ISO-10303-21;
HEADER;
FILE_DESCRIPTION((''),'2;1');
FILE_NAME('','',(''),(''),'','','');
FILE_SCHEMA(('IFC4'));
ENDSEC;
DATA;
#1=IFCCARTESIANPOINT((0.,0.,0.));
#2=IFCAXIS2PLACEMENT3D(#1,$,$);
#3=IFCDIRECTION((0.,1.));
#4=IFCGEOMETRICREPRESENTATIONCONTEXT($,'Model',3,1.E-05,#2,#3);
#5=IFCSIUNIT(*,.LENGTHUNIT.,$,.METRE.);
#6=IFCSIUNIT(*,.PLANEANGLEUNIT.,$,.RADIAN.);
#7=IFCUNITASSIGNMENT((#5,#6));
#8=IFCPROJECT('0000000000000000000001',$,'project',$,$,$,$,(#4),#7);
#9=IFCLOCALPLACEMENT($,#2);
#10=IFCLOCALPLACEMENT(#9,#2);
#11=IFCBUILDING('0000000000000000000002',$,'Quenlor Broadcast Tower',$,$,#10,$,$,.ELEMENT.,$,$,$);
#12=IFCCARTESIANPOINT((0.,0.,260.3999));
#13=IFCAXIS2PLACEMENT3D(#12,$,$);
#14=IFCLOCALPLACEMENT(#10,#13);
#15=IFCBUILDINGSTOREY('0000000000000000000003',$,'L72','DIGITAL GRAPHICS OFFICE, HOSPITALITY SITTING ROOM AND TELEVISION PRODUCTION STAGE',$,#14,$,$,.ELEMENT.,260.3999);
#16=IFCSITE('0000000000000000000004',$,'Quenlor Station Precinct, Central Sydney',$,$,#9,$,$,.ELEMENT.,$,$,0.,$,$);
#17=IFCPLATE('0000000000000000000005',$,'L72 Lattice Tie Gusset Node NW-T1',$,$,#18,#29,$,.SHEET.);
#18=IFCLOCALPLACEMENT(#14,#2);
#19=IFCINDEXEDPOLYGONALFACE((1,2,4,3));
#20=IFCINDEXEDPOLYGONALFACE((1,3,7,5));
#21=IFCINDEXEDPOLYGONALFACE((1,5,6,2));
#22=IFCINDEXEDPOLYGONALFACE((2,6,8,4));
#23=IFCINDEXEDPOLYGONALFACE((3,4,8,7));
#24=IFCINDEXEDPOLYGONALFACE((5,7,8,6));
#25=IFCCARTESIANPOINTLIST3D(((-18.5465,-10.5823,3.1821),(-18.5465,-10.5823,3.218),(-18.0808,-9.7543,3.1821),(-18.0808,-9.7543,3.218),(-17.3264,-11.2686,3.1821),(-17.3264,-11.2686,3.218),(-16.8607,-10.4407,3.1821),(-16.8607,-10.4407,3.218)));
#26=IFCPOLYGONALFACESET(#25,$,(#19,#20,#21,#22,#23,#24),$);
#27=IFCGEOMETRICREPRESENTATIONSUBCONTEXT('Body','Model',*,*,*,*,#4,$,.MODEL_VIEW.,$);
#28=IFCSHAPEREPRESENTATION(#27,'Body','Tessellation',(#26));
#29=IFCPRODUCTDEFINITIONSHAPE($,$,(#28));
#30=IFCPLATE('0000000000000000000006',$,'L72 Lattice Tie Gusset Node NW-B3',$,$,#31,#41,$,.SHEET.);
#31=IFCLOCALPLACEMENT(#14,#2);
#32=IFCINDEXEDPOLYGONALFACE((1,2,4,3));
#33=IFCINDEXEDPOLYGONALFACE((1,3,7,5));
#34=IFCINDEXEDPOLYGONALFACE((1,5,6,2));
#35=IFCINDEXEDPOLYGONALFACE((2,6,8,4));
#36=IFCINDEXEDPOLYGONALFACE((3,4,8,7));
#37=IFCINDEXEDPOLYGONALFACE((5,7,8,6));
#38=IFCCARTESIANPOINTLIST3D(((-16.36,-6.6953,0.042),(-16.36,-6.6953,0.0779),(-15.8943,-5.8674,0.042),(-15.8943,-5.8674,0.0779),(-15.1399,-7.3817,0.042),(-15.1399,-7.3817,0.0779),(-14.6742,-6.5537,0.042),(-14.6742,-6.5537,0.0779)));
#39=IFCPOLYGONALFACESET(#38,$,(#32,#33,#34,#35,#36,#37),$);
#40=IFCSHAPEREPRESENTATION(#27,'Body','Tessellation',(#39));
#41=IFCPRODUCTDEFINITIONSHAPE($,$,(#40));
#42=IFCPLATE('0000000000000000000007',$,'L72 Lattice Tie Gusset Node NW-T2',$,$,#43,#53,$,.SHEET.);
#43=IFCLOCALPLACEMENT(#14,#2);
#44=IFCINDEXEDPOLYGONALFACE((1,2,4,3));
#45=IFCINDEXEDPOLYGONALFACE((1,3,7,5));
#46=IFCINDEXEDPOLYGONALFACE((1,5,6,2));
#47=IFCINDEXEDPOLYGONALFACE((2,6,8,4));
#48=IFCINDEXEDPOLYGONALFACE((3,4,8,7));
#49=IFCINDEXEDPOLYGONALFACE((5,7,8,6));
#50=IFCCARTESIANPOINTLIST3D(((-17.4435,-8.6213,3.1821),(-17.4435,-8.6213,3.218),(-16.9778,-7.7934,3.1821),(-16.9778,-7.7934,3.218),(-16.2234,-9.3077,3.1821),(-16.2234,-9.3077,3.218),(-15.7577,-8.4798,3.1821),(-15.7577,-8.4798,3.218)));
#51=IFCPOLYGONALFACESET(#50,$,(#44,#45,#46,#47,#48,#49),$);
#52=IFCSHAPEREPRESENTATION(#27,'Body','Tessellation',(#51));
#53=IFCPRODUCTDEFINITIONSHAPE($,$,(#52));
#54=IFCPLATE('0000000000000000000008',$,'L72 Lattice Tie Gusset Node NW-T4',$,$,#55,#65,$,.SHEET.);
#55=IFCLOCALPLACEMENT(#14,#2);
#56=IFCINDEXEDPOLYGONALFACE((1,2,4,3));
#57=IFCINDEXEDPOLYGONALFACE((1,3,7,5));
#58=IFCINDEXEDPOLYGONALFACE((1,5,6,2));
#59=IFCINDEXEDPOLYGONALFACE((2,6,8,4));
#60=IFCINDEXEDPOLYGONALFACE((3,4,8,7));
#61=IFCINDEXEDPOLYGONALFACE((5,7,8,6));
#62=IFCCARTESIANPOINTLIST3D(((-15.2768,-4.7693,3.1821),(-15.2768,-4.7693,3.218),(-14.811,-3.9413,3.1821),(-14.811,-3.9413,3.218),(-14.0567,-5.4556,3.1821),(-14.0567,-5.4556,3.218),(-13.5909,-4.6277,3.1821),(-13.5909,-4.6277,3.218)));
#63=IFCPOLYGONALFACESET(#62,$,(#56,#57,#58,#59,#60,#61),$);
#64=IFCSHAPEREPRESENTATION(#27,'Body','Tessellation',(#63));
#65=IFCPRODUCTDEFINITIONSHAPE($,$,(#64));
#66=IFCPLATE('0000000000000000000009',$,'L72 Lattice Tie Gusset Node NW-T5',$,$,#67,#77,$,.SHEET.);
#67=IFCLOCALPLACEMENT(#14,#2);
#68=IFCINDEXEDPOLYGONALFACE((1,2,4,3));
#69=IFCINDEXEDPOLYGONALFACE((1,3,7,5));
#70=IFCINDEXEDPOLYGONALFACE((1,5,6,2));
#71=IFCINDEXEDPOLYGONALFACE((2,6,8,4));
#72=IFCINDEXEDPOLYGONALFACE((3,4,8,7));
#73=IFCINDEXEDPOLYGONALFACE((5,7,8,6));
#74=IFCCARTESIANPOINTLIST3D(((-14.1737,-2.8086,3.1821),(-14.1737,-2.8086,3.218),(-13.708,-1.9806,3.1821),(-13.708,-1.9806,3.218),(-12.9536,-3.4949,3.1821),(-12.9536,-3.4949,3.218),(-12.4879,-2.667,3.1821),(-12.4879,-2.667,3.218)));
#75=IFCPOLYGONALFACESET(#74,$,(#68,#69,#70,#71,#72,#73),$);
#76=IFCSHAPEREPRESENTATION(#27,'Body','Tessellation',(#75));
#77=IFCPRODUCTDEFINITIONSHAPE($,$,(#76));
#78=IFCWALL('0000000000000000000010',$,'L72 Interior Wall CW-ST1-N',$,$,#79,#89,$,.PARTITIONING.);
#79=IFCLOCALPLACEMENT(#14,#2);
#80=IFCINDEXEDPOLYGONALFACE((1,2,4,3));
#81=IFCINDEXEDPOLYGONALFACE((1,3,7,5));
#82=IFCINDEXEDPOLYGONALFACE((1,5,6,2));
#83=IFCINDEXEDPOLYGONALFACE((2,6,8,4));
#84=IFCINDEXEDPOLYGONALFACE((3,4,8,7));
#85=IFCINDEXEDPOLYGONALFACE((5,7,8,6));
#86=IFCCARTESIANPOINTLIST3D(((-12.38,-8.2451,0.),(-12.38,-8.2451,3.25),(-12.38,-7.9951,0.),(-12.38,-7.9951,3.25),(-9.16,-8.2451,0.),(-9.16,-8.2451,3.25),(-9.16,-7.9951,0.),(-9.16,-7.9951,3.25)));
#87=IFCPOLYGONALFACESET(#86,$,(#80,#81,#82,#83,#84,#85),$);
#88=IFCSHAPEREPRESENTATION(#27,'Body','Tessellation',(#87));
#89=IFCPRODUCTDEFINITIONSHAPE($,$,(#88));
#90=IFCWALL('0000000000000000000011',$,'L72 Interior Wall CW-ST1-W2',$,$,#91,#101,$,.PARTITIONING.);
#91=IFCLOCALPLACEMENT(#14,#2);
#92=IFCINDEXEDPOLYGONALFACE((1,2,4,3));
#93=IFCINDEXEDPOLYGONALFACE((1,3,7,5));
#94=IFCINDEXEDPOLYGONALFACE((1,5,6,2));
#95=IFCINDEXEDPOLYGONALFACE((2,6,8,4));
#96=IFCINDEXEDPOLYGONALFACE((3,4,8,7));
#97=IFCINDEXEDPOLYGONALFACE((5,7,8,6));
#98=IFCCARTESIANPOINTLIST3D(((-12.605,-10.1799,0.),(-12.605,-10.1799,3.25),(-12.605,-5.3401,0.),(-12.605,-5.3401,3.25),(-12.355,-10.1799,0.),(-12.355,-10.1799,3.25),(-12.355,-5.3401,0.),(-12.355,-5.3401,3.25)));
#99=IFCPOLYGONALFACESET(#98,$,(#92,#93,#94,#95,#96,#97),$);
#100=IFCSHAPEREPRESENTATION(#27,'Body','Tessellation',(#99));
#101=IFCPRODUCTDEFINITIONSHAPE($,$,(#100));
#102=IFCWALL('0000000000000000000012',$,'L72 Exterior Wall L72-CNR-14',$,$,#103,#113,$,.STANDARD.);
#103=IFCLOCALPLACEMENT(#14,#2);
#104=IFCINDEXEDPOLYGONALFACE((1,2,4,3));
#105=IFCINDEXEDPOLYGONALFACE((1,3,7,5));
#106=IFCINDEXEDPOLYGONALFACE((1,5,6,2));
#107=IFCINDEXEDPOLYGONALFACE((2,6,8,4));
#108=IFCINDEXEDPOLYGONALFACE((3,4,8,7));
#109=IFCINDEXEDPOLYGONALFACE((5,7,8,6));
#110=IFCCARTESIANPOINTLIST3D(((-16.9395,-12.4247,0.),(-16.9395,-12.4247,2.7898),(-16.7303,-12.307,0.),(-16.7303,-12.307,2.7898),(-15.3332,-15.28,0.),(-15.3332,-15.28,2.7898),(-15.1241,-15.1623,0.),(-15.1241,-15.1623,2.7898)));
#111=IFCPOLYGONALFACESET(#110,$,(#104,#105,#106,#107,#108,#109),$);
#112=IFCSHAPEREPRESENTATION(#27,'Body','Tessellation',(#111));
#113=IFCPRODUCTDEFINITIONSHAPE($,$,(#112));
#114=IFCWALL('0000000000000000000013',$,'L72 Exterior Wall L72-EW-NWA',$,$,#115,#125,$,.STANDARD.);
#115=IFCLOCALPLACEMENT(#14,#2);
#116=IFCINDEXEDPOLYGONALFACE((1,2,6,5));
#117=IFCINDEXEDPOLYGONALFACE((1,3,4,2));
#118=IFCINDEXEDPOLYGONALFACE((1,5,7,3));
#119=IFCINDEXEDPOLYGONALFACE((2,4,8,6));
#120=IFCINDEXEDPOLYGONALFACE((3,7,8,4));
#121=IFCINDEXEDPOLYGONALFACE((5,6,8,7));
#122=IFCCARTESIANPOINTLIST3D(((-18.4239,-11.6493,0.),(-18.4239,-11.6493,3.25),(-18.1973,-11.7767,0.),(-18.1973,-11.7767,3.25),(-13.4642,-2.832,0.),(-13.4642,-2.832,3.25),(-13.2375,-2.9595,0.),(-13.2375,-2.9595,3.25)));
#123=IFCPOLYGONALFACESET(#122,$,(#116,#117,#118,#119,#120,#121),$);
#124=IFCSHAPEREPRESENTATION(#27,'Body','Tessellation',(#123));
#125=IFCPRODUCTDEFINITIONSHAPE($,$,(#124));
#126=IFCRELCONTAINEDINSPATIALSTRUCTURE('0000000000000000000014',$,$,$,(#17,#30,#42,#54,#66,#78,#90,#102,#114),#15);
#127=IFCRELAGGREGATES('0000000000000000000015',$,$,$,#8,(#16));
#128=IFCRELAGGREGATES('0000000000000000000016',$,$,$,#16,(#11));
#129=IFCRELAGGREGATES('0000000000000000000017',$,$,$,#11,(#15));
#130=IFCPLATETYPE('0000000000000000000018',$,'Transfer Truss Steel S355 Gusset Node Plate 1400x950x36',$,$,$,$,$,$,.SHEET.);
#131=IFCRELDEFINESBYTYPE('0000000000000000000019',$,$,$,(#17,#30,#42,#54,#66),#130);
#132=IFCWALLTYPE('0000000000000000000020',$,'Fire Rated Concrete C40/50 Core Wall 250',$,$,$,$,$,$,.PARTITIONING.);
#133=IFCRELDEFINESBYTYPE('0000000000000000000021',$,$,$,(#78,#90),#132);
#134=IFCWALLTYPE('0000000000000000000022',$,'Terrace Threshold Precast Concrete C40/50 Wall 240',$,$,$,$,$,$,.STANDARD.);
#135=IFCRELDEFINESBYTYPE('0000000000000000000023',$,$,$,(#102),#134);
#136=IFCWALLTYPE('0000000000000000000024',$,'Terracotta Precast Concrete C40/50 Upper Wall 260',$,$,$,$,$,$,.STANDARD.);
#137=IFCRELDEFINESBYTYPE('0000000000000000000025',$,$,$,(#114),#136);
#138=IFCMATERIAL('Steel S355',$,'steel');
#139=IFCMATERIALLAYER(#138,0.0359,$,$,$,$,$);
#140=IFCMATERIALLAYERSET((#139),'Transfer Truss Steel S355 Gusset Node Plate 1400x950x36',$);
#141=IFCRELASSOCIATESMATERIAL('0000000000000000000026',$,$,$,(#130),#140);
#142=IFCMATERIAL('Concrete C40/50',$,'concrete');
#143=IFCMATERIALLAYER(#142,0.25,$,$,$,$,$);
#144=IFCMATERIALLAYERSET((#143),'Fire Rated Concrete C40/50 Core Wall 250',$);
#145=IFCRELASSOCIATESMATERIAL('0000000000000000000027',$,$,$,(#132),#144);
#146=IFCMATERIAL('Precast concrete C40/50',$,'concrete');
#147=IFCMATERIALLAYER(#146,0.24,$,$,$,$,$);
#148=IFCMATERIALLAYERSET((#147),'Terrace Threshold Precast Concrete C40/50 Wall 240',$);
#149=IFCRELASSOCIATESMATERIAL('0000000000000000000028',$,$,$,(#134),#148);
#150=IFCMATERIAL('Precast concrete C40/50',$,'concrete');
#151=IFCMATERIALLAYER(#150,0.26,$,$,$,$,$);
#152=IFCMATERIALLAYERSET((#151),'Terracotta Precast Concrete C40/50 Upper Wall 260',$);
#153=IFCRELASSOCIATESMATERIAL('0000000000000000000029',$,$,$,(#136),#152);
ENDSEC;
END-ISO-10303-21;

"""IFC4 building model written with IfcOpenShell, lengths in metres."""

from ifc_helpers import new_model, si_unit, direction, frame, frame_2d, origin, origin_2d, place, context, subcontext, project, spatial, rectangle, extrude, material, layer, layer_set, type_object, element, save


model = new_model("IFC4")

# Units and contexts
model_context = context("Model", 3, precision=1e-05, world=origin(), true_north=direction((0.0, 1.0)))
body_context = subcontext(model_context, "Body", "Model", "MODEL_VIEW")
ifc_project = project(units=[si_unit("LENGTHUNIT", "METRE"), si_unit("PLANEANGLEUNIT", "RADIAN")], contexts=[model_context])

# Site, building, storey
site_placement = place(None, origin())
site = spatial("IfcSite", under=ifc_project, at=site_placement, Name="Quenlor Station Precinct, Central Sydney", CompositionType="ELEMENT", RefElevation=0.0)
building_placement = place(site_placement, origin())
building = spatial("IfcBuilding", under=site, at=building_placement, Name="Quenlor Broadcast Tower", CompositionType="ELEMENT")
storey_placement = place(building_placement, frame((0.0, 0.0, 260.3999)))
storey = spatial("IfcBuildingStorey", under=building, at=storey_placement, Name="L72", Description="DIGITAL GRAPHICS OFFICE, HOSPITALITY SITTING ROOM AND TELEVISION PRODUCTION STAGE", CompositionType="ELEMENT", Elevation=260.3999)

# Plates
ifc_material_1 = material(Name="Steel S355", Category="steel")
ifc_layer_1 = layer(ifc_material_1, 0.0359)
ifc_layer_set_1 = layer_set([ifc_layer_1], Name="Transfer Truss Steel S355 Gusset Node Plate 1400x950x36")
plate_type = type_object("IfcPlateType", Name="Transfer Truss Steel S355 Gusset Node Plate 1400x950x36", PredefinedType="SHEET", material=ifc_layer_set_1)
for number, where, z_axis, x_axis, name in (
    (1, (-17.7036, -10.5115, 3.1821), (0.0, 0.0, 1.0), (-0.871556, 0.490295, 0.0), "L72 Lattice Tie Gusset Node NW-T1"),
    (2, (-15.5171, -6.6245, 0.042), (0.0, 0.0, 1.0), (-0.871556, 0.490295, 0.0), "L72 Lattice Tie Gusset Node NW-B3"),
    (3, (-16.6006, -8.5505, 3.1821), (0.0, 0.0, 1.0), (-0.871556, 0.490295, 0.0), "L72 Lattice Tie Gusset Node NW-T2"),
    (4, (-14.4338, -4.6985, 3.1821), (0.0, 0.0, 1.0), (-0.871556, 0.490295, 0.0), "L72 Lattice Tie Gusset Node NW-T4"),
    (5, (-13.3308, -2.7378, 3.1821), (0.0, 0.0, 1.0), (-0.871556, 0.490295, 0.0), "L72 Lattice Tie Gusset Node NW-T5"),
):
    element("IfcPlate", number, at=place(storey_placement, frame(where, z_axis=z_axis, x_axis=x_axis)), inside=storey, type_object=plate_type, Name=name, PredefinedType="SHEET", context=body_context, shape_type="SweptSolid", body=[
        extrude(rectangle(XDim=1.3999, YDim=0.95, at=origin_2d()), origin(), (0.0, 0.0, 1.0), 0.0359),
    ])

# Walls
ifc_material_2 = material(Name="Concrete C40/50", Category="concrete")
ifc_layer_2 = layer(ifc_material_2, 0.25)
ifc_layer_set_2 = layer_set([ifc_layer_2], Name="Fire Rated Concrete C40/50 Core Wall 250")
wall_type_1 = type_object("IfcWallType", Name="Fire Rated Concrete C40/50 Core Wall 250", PredefinedType="PARTITIONING", material=ifc_layer_set_2)
wall_1_placement = place(storey_placement, frame((-12.3799, -8.1201, 0.0), z_axis=(0.0, 0.0, 1.0), x_axis=(1.0, 0.0, 0.0)))
element("IfcWall", 6, at=wall_1_placement, inside=storey, type_object=wall_type_1, Name="L72 Interior Wall CW-ST1-N", PredefinedType="PARTITIONING", context=body_context, shape_type="SweptSolid", body=[
    extrude(rectangle(XDim=3.22, YDim=0.25, at=frame_2d((1.6099, 0.0))), origin(), (0.0, 0.0, 1.0), 3.25),
])
wall_2_placement = place(storey_placement, frame((-12.48, -10.1799, 0.0), z_axis=(0.0, 0.0, 1.0), x_axis=(0.0, 1.0, 0.0)))
element("IfcWall", 7, at=wall_2_placement, inside=storey, type_object=wall_type_1, Name="L72 Interior Wall CW-ST1-W2", PredefinedType="PARTITIONING", context=body_context, shape_type="SweptSolid", body=[
    extrude(rectangle(XDim=4.8398, YDim=0.25, at=frame_2d((2.4199, 0.0))), origin(), (0.0, 0.0, 1.0), 3.25),
])

# Walls
ifc_material_3 = material(Name="Precast concrete C40/50", Category="concrete")
ifc_layer_3 = layer(ifc_material_3, 0.24)
ifc_layer_set_3 = layer_set([ifc_layer_3], Name="Terrace Threshold Precast Concrete C40/50 Wall 240")
wall_type_2 = type_object("IfcWallType", Name="Terrace Threshold Precast Concrete C40/50 Wall 240", PredefinedType="STANDARD", material=ifc_layer_set_3)
wall_3_placement = place(storey_placement, frame((-16.835, -12.3657, 0.0), z_axis=(0.0, 0.0, 1.0), x_axis=(0.490293, -0.871558, 0.0)))
element("IfcWall", 8, at=wall_3_placement, inside=storey, type_object=wall_type_2, Name="L72 Exterior Wall L72-CNR-14", PredefinedType="STANDARD", context=body_context, shape_type="SweptSolid", body=[
    extrude(rectangle(XDim=3.2761, YDim=0.24, at=frame_2d((1.6382, 0.0))), origin(), (0.0, 0.0, 1.0), 2.7898),
])
ifc_material_4 = material(Name="Precast concrete C40/50", Category="concrete")
ifc_layer_4 = layer(ifc_material_4, 0.26)
ifc_layer_set_4 = layer_set([ifc_layer_4], Name="Terracotta Precast Concrete C40/50 Upper Wall 260")
wall_type_3 = type_object("IfcWallType", Name="Terracotta Precast Concrete C40/50 Upper Wall 260", PredefinedType="STANDARD", material=ifc_layer_set_4)
wall_4_placement = place(storey_placement, frame((-18.3105, -11.7129, 0.0), z_axis=(0.0, 0.0, 1.0), x_axis=(0.490267, 0.871572, 0.0)))
element("IfcWall", 9, at=wall_4_placement, inside=storey, type_object=wall_type_3, Name="L72 Exterior Wall L72-EW-NWA", PredefinedType="STANDARD", context=body_context, shape_type="SweptSolid", body=[
    extrude(rectangle(XDim=10.1165, YDim=0.26, at=frame_2d((5.0581, 0.0))), origin(), (0.0, 0.0, 1.0), 3.25),
])

save(model, "model.ifc")
